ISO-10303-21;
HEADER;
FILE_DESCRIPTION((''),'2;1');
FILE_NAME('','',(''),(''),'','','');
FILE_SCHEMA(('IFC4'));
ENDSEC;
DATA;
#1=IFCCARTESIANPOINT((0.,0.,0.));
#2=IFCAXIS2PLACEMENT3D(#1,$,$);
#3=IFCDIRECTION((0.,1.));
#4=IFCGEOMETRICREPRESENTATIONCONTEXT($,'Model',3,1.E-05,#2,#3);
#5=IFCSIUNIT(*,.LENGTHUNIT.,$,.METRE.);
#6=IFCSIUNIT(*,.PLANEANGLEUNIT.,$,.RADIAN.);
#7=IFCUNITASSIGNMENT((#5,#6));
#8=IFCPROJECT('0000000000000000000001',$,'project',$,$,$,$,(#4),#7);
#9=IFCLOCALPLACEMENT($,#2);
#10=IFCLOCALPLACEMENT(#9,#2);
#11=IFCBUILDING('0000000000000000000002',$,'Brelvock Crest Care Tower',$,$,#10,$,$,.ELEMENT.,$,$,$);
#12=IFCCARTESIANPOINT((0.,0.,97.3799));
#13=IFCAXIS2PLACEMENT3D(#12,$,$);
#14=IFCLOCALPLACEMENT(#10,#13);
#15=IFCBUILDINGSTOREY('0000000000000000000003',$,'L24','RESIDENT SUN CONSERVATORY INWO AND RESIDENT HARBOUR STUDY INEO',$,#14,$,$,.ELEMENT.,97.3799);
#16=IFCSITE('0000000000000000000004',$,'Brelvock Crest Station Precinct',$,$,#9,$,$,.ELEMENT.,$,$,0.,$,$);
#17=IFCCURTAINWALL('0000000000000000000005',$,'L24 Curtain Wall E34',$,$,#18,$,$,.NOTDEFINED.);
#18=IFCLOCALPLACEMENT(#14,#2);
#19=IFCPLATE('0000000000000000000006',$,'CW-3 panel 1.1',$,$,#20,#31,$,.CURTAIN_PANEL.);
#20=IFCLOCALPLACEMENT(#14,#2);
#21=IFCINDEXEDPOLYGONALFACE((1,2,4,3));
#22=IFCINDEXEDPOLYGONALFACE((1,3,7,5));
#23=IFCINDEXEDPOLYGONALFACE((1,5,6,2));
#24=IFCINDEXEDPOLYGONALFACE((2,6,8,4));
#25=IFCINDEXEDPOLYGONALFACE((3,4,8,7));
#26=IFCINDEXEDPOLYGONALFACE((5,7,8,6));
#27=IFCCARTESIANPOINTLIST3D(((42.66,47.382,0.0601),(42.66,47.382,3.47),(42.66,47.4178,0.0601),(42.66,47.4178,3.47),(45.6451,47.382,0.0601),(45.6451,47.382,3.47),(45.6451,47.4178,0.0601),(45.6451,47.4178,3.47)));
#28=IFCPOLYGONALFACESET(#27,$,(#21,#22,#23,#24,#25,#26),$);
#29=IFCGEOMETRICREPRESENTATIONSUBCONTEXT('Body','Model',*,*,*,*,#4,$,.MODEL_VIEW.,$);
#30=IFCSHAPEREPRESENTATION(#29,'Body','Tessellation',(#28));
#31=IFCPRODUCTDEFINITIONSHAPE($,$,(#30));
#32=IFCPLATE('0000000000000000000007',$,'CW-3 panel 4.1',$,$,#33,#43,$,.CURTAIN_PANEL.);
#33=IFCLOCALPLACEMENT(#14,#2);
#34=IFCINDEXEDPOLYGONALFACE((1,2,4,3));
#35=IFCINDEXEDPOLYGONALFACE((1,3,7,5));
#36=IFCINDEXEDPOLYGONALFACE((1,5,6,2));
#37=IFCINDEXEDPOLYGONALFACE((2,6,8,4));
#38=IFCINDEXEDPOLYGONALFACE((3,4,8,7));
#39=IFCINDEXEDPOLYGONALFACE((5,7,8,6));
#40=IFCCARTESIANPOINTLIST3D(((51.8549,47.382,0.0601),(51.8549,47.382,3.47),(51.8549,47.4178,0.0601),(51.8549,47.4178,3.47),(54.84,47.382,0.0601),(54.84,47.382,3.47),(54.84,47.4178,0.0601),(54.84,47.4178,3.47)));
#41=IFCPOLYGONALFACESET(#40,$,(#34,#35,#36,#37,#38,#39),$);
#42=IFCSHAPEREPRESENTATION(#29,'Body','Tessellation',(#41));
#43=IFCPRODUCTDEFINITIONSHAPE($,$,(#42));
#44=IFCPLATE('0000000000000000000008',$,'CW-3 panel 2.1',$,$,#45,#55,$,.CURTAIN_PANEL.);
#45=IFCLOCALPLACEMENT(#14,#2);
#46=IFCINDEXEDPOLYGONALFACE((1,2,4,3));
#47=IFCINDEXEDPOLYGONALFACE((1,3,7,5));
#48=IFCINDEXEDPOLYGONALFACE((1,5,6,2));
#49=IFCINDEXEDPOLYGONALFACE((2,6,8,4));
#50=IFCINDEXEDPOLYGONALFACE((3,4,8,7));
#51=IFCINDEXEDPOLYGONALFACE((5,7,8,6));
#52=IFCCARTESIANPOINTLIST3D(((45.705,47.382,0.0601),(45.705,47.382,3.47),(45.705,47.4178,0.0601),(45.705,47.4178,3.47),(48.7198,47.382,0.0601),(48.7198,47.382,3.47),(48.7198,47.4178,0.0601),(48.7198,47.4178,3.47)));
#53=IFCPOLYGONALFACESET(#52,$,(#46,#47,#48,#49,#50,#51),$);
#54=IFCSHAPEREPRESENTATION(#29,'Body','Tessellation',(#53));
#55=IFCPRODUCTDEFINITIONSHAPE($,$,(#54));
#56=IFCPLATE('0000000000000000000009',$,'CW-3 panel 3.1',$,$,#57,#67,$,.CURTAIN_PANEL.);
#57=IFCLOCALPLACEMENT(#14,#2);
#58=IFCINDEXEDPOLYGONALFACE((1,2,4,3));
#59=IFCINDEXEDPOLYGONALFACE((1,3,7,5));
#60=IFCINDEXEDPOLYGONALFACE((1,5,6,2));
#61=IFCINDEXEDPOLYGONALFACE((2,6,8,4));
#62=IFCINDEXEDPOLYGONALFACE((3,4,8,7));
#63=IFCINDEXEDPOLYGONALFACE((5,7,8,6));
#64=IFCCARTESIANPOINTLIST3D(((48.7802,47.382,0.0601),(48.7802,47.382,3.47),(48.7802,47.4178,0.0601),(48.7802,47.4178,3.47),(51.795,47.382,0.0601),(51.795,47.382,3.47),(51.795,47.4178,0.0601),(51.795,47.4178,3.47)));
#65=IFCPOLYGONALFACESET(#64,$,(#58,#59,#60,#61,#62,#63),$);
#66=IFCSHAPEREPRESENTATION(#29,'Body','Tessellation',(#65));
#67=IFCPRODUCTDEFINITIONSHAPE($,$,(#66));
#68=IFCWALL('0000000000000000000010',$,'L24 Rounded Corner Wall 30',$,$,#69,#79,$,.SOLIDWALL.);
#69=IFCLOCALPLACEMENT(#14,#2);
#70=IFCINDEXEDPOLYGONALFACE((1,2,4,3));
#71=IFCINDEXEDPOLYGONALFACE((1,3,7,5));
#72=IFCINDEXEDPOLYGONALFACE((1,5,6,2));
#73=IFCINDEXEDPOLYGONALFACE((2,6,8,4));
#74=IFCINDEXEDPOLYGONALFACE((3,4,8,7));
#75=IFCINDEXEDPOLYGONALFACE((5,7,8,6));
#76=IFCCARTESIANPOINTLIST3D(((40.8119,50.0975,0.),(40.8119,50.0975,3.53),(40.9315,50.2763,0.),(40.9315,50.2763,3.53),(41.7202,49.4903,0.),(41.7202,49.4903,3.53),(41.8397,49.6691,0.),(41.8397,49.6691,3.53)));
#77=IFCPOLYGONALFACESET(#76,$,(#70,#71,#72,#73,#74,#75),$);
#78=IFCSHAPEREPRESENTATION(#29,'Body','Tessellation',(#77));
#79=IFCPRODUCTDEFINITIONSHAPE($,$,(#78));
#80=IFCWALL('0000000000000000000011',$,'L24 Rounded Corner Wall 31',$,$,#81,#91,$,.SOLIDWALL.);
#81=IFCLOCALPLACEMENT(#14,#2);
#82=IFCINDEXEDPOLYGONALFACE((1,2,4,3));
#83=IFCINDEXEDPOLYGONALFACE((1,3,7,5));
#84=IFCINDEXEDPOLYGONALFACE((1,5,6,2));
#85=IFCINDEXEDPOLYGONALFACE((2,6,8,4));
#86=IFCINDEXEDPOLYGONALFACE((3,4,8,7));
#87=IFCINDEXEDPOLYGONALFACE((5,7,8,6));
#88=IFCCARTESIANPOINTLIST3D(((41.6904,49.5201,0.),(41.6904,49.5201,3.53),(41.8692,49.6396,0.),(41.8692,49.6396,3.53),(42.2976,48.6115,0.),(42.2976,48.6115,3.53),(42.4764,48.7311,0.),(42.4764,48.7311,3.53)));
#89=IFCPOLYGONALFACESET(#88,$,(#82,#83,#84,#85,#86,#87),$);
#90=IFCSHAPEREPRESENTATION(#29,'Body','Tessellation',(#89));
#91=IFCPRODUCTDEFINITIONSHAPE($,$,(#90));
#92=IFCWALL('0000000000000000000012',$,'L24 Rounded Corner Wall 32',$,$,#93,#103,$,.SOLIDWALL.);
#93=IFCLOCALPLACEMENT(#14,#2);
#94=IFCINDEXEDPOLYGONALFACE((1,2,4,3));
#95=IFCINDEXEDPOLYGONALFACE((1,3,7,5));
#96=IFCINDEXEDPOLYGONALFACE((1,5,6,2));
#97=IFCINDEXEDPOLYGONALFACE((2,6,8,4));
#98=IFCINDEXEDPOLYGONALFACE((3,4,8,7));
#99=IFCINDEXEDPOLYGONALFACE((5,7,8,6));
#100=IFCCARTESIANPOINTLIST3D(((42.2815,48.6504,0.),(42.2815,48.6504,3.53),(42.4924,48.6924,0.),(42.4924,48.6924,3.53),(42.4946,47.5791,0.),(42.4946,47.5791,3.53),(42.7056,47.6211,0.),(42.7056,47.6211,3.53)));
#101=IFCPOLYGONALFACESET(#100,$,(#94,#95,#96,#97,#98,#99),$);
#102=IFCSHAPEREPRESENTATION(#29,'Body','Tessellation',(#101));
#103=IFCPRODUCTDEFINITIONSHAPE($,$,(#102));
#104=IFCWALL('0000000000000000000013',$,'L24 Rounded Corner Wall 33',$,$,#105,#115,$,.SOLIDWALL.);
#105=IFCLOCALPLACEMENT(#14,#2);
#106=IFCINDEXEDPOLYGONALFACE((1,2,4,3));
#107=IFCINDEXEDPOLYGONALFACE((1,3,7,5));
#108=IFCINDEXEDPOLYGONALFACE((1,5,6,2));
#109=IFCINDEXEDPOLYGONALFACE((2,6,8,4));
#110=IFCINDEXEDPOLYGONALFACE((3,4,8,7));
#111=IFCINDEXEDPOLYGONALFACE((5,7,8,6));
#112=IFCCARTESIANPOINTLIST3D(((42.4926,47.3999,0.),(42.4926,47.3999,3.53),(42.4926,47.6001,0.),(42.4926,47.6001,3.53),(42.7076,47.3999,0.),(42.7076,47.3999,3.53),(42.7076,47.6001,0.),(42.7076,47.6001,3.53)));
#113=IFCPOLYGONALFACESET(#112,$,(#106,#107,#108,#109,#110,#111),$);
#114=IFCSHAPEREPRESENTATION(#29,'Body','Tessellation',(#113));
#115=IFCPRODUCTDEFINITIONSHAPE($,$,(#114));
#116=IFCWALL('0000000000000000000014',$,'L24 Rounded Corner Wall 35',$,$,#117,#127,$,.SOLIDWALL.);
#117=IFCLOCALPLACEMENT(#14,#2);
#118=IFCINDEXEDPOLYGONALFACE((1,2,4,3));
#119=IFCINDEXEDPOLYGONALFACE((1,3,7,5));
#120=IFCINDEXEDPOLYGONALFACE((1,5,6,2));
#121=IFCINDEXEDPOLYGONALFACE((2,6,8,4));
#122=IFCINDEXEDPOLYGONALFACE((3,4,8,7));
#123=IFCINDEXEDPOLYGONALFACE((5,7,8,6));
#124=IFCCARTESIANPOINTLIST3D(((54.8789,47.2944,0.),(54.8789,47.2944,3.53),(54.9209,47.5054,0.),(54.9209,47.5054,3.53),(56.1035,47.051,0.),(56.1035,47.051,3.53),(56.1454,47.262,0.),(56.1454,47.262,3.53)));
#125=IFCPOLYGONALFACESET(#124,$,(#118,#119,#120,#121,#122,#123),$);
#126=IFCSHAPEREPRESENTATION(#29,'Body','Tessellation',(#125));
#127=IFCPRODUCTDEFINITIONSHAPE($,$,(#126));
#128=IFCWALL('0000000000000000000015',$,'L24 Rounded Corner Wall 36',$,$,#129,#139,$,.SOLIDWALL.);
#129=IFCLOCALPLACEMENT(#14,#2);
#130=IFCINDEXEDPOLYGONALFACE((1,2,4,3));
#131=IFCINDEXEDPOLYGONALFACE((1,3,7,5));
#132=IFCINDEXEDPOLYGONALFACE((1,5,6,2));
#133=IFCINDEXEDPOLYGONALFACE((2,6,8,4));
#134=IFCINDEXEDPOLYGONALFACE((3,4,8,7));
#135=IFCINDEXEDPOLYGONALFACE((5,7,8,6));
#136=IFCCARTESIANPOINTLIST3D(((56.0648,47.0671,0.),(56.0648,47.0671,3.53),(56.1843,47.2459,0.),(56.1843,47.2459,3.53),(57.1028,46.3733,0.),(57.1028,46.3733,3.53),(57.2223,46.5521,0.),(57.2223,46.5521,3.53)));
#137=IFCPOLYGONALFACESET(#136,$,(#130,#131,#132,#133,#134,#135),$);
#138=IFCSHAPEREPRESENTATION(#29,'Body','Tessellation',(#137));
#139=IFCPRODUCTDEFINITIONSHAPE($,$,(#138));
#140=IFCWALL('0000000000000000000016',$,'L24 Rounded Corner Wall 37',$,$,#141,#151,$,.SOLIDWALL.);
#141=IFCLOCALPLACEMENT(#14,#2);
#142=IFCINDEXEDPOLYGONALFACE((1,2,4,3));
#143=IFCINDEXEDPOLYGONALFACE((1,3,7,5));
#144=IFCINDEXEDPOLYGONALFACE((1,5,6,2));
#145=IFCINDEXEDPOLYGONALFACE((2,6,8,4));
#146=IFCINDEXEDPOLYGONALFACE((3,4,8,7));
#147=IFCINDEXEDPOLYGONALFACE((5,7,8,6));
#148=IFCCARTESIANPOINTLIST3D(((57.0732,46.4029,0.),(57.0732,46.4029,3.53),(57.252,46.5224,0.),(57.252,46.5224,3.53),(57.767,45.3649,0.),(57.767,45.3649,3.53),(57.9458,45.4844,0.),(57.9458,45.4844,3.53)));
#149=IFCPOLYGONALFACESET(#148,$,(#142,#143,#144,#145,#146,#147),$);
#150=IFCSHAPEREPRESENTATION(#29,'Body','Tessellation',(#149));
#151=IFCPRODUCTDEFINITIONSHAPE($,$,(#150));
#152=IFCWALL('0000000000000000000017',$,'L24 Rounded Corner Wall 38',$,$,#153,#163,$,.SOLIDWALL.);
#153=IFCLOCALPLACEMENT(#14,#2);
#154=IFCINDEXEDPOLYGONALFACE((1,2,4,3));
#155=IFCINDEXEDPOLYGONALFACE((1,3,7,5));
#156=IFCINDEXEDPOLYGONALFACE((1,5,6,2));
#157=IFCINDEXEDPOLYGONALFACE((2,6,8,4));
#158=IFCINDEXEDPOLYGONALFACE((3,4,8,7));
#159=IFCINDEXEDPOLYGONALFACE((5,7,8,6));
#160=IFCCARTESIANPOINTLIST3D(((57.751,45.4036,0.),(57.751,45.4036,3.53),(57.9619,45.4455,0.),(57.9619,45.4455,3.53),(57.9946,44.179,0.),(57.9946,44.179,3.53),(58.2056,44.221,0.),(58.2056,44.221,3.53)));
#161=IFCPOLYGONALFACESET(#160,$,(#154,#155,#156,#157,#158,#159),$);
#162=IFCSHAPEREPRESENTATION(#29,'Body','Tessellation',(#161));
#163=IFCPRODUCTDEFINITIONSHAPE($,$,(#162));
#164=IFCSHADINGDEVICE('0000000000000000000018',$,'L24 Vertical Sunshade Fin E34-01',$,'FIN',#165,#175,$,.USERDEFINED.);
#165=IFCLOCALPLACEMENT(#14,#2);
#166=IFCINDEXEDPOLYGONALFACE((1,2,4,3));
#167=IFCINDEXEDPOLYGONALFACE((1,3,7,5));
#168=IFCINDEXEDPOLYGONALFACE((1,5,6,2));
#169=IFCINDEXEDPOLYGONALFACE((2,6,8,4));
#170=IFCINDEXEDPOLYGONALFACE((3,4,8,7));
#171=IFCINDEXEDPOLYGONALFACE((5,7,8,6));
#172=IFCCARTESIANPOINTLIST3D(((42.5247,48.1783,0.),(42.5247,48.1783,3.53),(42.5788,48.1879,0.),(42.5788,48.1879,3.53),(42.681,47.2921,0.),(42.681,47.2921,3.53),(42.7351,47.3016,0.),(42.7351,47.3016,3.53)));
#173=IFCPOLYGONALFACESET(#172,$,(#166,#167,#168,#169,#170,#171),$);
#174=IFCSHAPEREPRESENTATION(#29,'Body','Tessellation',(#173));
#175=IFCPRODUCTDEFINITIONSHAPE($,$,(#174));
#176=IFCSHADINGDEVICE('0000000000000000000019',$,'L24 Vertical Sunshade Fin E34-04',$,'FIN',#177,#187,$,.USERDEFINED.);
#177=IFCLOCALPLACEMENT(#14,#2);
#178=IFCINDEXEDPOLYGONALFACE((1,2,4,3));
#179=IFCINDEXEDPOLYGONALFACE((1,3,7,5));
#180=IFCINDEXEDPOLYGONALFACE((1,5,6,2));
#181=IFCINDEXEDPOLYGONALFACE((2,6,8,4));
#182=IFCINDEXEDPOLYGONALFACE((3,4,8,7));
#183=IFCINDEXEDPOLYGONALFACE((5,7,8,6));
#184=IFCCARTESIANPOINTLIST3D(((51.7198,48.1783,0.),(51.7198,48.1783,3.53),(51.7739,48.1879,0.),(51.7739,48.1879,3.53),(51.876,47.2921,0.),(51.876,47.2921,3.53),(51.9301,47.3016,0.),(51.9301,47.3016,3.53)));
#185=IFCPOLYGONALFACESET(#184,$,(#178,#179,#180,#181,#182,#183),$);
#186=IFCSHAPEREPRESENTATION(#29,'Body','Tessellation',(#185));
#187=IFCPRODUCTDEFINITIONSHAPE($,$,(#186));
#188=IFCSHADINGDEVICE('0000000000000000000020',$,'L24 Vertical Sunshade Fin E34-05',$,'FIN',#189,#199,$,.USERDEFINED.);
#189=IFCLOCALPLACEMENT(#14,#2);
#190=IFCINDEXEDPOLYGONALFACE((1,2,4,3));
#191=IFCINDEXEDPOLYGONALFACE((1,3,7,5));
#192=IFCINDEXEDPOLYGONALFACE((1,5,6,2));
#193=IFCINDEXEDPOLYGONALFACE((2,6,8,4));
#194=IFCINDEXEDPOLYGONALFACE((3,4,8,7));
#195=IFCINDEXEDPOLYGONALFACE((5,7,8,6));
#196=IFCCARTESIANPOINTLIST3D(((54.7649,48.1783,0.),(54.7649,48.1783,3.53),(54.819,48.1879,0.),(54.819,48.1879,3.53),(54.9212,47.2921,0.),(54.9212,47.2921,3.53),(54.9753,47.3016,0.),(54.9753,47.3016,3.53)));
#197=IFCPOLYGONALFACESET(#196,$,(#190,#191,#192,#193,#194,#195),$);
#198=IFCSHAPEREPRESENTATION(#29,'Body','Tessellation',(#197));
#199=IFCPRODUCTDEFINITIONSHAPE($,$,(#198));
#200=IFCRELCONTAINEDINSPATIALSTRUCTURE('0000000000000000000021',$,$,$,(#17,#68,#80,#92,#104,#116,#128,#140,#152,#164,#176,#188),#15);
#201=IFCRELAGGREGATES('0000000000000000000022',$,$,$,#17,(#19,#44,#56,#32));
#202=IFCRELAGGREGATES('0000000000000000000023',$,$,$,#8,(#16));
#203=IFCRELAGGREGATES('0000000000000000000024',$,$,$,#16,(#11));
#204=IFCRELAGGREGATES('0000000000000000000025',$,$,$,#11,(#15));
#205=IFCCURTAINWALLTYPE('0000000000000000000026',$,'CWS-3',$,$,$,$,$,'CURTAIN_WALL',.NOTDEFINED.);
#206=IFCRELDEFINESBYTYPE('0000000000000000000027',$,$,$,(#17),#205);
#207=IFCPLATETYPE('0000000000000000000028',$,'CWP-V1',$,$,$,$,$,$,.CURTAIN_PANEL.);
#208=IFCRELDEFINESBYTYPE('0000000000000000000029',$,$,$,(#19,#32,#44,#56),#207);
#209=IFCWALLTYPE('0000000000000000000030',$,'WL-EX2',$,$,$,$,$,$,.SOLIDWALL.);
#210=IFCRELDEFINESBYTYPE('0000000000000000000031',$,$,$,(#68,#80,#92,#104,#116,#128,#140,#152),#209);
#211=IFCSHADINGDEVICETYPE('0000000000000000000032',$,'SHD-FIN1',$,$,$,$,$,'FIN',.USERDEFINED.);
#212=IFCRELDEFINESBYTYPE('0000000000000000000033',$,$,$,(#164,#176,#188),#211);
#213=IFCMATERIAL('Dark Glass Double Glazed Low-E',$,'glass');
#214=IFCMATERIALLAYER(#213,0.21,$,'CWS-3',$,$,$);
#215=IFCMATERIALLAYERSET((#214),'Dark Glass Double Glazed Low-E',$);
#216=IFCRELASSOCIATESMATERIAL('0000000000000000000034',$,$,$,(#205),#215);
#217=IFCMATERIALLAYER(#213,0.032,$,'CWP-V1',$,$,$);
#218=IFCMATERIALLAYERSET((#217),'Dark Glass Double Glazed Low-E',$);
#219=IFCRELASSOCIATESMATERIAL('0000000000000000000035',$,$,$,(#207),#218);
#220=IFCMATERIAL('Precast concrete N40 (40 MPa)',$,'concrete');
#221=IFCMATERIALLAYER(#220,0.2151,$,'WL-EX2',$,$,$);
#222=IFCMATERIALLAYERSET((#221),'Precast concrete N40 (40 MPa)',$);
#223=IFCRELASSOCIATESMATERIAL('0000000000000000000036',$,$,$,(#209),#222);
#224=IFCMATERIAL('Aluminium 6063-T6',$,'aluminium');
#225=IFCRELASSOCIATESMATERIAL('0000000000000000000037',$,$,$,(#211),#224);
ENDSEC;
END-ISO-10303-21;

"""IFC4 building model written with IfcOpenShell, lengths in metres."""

from ifc_helpers import new_model, si_unit, direction, frame, frame_2d, origin, origin_2d, place, context, subcontext, project, spatial, rectangle, extrude, source, transform, mapped, material, layer, layer_set, material_profile, profile_set, type_object, element, aggregate, save


model = new_model("IFC4")

# Units and contexts
model_context = context("Model", 3, precision=1e-05, world=origin(), true_north=direction((0.0, 1.0)))
body_context = subcontext(model_context, "Body", "Model", "MODEL_VIEW")
ifc_project = project(units=[si_unit("LENGTHUNIT", "METRE"), si_unit("PLANEANGLEUNIT", "RADIAN")], contexts=[model_context])

# Site, building, storey
site_placement = place(None, origin())
site = spatial("IfcSite", under=ifc_project, at=site_placement, Name="Brelvock Crest Station Precinct", CompositionType="ELEMENT", RefElevation=0.0)
building_placement = place(site_placement, origin())
building = spatial("IfcBuilding", under=site, at=building_placement, Name="Brelvock Crest Care Tower", CompositionType="ELEMENT")
storey_placement = place(building_placement, frame((0.0, 0.0, 97.3799)))
storey = spatial("IfcBuildingStorey", under=building, at=storey_placement, Name="L24", Description="RESIDENT SUN CONSERVATORY INWO AND RESIDENT HARBOUR STUDY INEO", CompositionType="ELEMENT", Elevation=97.3799)

# Curtain wall, plates
ifc_material_1 = material(Name="Dark Glass Double Glazed Low-E", Category="glass")
ifc_layer_1 = layer(ifc_material_1, 0.21, Name="CWS-3")
ifc_layer_set_1 = layer_set([ifc_layer_1], Name="Dark Glass Double Glazed Low-E")
curtain_wall_type = type_object("IfcCurtainWallType", Name="CWS-3", ElementType="CURTAIN_WALL", PredefinedType="NOTDEFINED", material=ifc_layer_set_1)
curtain_wall_placement = place(storey_placement, origin())
curtain_wall = element("IfcCurtainWall", 1, at=curtain_wall_placement, inside=storey, type_object=curtain_wall_type, Name="L24 Curtain Wall E34", PredefinedType="NOTDEFINED")
ifc_material_2 = material(Name="Aluminium 6063-T6", Category="aluminium")
ifc_layer_2 = layer(ifc_material_1, 0.032, Name="CWP-V1")
ifc_layer_set_2 = layer_set([ifc_layer_2], Name="Dark Glass Double Glazed Low-E")
plate_type = type_object("IfcPlateType", Name="CWP-V1", PredefinedType="CURTAIN_PANEL", material=ifc_layer_set_2)
shared_shape_1 = source(origin(), body_context, "Body", "SweptSolid", [
    extrude(rectangle(XDim=2.9851, YDim=0.0359, at=origin_2d()), origin(), (0.0, 0.0, 1.0), 3.4099),
])
plate_1_placement = place(storey_placement, frame((44.1526, 47.3999, 0.0601), z_axis=(0.0, 0.0, 1.0), x_axis=(1.0, 0.0, 0.0)))
plate_1 = element("IfcPlate", 2, at=plate_1_placement, type_object=plate_type, Name="CW-3 panel 1.1", PredefinedType="CURTAIN_PANEL", context=body_context, shape_type="MappedRepresentation", body=[
    mapped(shared_shape_1, transform((0.0, 0.0, 0.0), x_axis=(1.0, 0.0, 0.0), y_axis=(0.0, 1.0, 0.0), z_axis=(0.0, 0.0, 1.0), scale=1.0)),
])
plate_2_placement = place(storey_placement, frame((53.3474, 47.3999, 0.0601), z_axis=(0.0, 0.0, 1.0), x_axis=(1.0, 0.0, 0.0)))
plate_2 = element("IfcPlate", 3, at=plate_2_placement, type_object=plate_type, Name="CW-3 panel 4.1", PredefinedType="CURTAIN_PANEL", context=body_context, shape_type="MappedRepresentation", body=[
    mapped(shared_shape_1, transform((0.0, 0.0, 0.0), x_axis=(1.0, 0.0, 0.0), y_axis=(0.0, 1.0, 0.0), z_axis=(0.0, 0.0, 1.0), scale=1.0)),
])
shared_shape_2 = source(origin(), body_context, "Body", "SweptSolid", [
    extrude(rectangle(XDim=3.0149, YDim=0.0359, at=origin_2d()), origin(), (0.0, 0.0, 1.0), 3.4099),
])
plate_3_placement = place(storey_placement, frame((47.2124, 47.3999, 0.0601), z_axis=(0.0, 0.0, 1.0), x_axis=(1.0, 0.0, 0.0)))
plate_3 = element("IfcPlate", 4, at=plate_3_placement, type_object=plate_type, Name="CW-3 panel 2.1", PredefinedType="CURTAIN_PANEL", context=body_context, shape_type="MappedRepresentation", body=[
    mapped(shared_shape_2, transform((0.0, 0.0, 0.0), x_axis=(1.0, 0.0, 0.0), y_axis=(0.0, 1.0, 0.0), z_axis=(0.0, 0.0, 1.0), scale=1.0)),
])
plate_4_placement = place(storey_placement, frame((50.2876, 47.3999, 0.0601), z_axis=(0.0, 0.0, 1.0), x_axis=(1.0, 0.0, 0.0)))
plate_4 = element("IfcPlate", 5, at=plate_4_placement, type_object=plate_type, Name="CW-3 panel 3.1", PredefinedType="CURTAIN_PANEL", context=body_context, shape_type="MappedRepresentation", body=[
    mapped(shared_shape_2, transform((0.0, 0.0, 0.0), x_axis=(1.0, 0.0, 0.0), y_axis=(0.0, 1.0, 0.0), z_axis=(0.0, 0.0, 1.0), scale=1.0)),
])
aggregate(curtain_wall, [plate_1, plate_3, plate_4, plate_2])

# Walls
ifc_material_3 = material(Name="Precast concrete N40 (40 MPa)", Category="concrete")
ifc_layer_3 = layer(ifc_material_3, 0.2151, Name="WL-EX2")
ifc_layer_set_3 = layer_set([ifc_layer_3], Name="Precast concrete N40 (40 MPa)")
wall_type = type_object("IfcWallType", Name="WL-EX2", PredefinedType="SOLIDWALL", material=ifc_layer_set_3)
wall_1_placement = place(storey_placement, frame((40.8716, 50.187, 0.0), z_axis=(0.0, 0.0, 1.0), x_axis=(0.831328, -0.555783, 0.0)))
element("IfcWall", 6, at=wall_1_placement, inside=storey, type_object=wall_type, Name="L24 Rounded Corner Wall 30", PredefinedType="SOLIDWALL", context=body_context, shape_type="SweptSolid", body=[
    extrude(rectangle(XDim=1.0925, YDim=0.2151, at=frame_2d((0.5464, 0.0))), origin(), (0.0, 0.0, 1.0), 3.53),
])
wall_2_placement = place(storey_placement, frame((41.7798, 49.5798, 0.0), z_axis=(0.0, 0.0, 1.0), x_axis=(0.555679, -0.831397, 0.0)))
element("IfcWall", 7, at=wall_2_placement, inside=storey, type_object=wall_type, Name="L24 Rounded Corner Wall 31", PredefinedType="SOLIDWALL", context=body_context, shape_type="SweptSolid", body=[
    extrude(rectangle(XDim=1.0928, YDim=0.2151, at=frame_2d((0.5464, 0.0))), origin(), (0.0, 0.0, 1.0), 3.53),
])
wall_3_placement = place(storey_placement, frame((42.387, 48.6714, 0.0), z_axis=(0.0, 0.0, 1.0), x_axis=(0.195127, -0.980778, 0.0)))
element("IfcWall", 8, at=wall_3_placement, inside=storey, type_object=wall_type, Name="L24 Rounded Corner Wall 32", PredefinedType="SOLIDWALL", context=body_context, shape_type="SweptSolid", body=[
    extrude(rectangle(XDim=1.0923, YDim=0.2151, at=frame_2d((0.5461, 0.0))), origin(), (0.0, 0.0, 1.0), 3.53),
])
wall_4_placement = place(storey_placement, frame((42.6001, 47.6001, 0.0), z_axis=(0.0, 0.0, 1.0), x_axis=(0.0, -1.0, 0.0)))
element("IfcWall", 9, at=wall_4_placement, inside=storey, type_object=wall_type, Name="L24 Rounded Corner Wall 33", PredefinedType="SOLIDWALL", context=body_context, shape_type="SweptSolid", body=[
    extrude(rectangle(XDim=0.2002, YDim=0.2151, at=frame_2d((0.1001, 0.0))), origin(), (0.0, 0.0, 1.0), 3.53),
])
for number, where, z_axis, x_axis, name in (
    (10, (54.8999, 47.3999, 0.0), (0.0, 0.0, 1.0), (0.980813, -0.19495, 0.0), "L24 Rounded Corner Wall 35"),
    (11, (56.1245, 47.1565, 0.0), (0.0, 0.0, 1.0), (0.831388, -0.555692, 0.0), "L24 Rounded Corner Wall 36"),
    (12, (57.1626, 46.4626, 0.0), (0.0, 0.0, 1.0), (0.555692, -0.831388, 0.0), "L24 Rounded Corner Wall 37"),
    (13, (57.8564, 45.4246, 0.0), (0.0, 0.0, 1.0), (0.195138, -0.980776, 0.0), "L24 Rounded Corner Wall 38"),
):
    element("IfcWall", number, at=place(storey_placement, frame(where, z_axis=z_axis, x_axis=x_axis)), inside=storey, type_object=wall_type, Name=name, PredefinedType="SOLIDWALL", context=body_context, shape_type="SweptSolid", body=[
        extrude(rectangle(XDim=1.2485, YDim=0.2151, at=frame_2d((0.6243, 0.0))), origin(), (0.0, 0.0, 1.0), 3.53),
    ])

# Shading devices
ifc_material_profile_1 = material_profile(ifc_material_2, rectangle(XDim=0.0549, YDim=0.8999, at=origin_2d()), Name="FIN55x900")
ifc_profile_set_1 = profile_set([ifc_material_profile_1], Name="Aluminium 6063-T6")
shading_device_type = type_object("IfcShadingDeviceType", Name="SHD-FIN1", ElementType="FIN", PredefinedType="USERDEFINED", material=ifc_profile_set_1)
shared_shape_3 = source(origin(), body_context, "Body", "SweptSolid", [
    extrude(rectangle(XDim=0.0549, YDim=0.8999, at=origin_2d()), origin(), (0.0, 0.0, 1.0), 3.53),
])
for number, where, z_axis, x_axis, name in (
    (14, (42.6299, 47.74, 0.0), (0.0, 0.0, 1.0), (0.984808, 0.173648, 0.0), "L24 Vertical Sunshade Fin E34-01"),
    (15, (51.825, 47.74, 0.0), (0.0, 0.0, 1.0), (0.984808, 0.173648, 0.0), "L24 Vertical Sunshade Fin E34-04"),
    (16, (54.8701, 47.74, 0.0), (0.0, 0.0, 1.0), (0.984808, 0.173648, 0.0), "L24 Vertical Sunshade Fin E34-05"),
):
    element("IfcShadingDevice", number, at=place(storey_placement, frame(where, z_axis=z_axis, x_axis=x_axis)), inside=storey, type_object=shading_device_type, Name=name, ObjectType="FIN", PredefinedType="USERDEFINED", context=body_context, shape_type="MappedRepresentation", body=[
        mapped(shared_shape_3, transform((0.0, 0.0, 0.0), x_axis=(1.0, 0.0, 0.0), y_axis=(0.0, 1.0, 0.0), z_axis=(0.0, 0.0, 1.0), scale=1.0)),
    ])

save(model, "model.ifc")
